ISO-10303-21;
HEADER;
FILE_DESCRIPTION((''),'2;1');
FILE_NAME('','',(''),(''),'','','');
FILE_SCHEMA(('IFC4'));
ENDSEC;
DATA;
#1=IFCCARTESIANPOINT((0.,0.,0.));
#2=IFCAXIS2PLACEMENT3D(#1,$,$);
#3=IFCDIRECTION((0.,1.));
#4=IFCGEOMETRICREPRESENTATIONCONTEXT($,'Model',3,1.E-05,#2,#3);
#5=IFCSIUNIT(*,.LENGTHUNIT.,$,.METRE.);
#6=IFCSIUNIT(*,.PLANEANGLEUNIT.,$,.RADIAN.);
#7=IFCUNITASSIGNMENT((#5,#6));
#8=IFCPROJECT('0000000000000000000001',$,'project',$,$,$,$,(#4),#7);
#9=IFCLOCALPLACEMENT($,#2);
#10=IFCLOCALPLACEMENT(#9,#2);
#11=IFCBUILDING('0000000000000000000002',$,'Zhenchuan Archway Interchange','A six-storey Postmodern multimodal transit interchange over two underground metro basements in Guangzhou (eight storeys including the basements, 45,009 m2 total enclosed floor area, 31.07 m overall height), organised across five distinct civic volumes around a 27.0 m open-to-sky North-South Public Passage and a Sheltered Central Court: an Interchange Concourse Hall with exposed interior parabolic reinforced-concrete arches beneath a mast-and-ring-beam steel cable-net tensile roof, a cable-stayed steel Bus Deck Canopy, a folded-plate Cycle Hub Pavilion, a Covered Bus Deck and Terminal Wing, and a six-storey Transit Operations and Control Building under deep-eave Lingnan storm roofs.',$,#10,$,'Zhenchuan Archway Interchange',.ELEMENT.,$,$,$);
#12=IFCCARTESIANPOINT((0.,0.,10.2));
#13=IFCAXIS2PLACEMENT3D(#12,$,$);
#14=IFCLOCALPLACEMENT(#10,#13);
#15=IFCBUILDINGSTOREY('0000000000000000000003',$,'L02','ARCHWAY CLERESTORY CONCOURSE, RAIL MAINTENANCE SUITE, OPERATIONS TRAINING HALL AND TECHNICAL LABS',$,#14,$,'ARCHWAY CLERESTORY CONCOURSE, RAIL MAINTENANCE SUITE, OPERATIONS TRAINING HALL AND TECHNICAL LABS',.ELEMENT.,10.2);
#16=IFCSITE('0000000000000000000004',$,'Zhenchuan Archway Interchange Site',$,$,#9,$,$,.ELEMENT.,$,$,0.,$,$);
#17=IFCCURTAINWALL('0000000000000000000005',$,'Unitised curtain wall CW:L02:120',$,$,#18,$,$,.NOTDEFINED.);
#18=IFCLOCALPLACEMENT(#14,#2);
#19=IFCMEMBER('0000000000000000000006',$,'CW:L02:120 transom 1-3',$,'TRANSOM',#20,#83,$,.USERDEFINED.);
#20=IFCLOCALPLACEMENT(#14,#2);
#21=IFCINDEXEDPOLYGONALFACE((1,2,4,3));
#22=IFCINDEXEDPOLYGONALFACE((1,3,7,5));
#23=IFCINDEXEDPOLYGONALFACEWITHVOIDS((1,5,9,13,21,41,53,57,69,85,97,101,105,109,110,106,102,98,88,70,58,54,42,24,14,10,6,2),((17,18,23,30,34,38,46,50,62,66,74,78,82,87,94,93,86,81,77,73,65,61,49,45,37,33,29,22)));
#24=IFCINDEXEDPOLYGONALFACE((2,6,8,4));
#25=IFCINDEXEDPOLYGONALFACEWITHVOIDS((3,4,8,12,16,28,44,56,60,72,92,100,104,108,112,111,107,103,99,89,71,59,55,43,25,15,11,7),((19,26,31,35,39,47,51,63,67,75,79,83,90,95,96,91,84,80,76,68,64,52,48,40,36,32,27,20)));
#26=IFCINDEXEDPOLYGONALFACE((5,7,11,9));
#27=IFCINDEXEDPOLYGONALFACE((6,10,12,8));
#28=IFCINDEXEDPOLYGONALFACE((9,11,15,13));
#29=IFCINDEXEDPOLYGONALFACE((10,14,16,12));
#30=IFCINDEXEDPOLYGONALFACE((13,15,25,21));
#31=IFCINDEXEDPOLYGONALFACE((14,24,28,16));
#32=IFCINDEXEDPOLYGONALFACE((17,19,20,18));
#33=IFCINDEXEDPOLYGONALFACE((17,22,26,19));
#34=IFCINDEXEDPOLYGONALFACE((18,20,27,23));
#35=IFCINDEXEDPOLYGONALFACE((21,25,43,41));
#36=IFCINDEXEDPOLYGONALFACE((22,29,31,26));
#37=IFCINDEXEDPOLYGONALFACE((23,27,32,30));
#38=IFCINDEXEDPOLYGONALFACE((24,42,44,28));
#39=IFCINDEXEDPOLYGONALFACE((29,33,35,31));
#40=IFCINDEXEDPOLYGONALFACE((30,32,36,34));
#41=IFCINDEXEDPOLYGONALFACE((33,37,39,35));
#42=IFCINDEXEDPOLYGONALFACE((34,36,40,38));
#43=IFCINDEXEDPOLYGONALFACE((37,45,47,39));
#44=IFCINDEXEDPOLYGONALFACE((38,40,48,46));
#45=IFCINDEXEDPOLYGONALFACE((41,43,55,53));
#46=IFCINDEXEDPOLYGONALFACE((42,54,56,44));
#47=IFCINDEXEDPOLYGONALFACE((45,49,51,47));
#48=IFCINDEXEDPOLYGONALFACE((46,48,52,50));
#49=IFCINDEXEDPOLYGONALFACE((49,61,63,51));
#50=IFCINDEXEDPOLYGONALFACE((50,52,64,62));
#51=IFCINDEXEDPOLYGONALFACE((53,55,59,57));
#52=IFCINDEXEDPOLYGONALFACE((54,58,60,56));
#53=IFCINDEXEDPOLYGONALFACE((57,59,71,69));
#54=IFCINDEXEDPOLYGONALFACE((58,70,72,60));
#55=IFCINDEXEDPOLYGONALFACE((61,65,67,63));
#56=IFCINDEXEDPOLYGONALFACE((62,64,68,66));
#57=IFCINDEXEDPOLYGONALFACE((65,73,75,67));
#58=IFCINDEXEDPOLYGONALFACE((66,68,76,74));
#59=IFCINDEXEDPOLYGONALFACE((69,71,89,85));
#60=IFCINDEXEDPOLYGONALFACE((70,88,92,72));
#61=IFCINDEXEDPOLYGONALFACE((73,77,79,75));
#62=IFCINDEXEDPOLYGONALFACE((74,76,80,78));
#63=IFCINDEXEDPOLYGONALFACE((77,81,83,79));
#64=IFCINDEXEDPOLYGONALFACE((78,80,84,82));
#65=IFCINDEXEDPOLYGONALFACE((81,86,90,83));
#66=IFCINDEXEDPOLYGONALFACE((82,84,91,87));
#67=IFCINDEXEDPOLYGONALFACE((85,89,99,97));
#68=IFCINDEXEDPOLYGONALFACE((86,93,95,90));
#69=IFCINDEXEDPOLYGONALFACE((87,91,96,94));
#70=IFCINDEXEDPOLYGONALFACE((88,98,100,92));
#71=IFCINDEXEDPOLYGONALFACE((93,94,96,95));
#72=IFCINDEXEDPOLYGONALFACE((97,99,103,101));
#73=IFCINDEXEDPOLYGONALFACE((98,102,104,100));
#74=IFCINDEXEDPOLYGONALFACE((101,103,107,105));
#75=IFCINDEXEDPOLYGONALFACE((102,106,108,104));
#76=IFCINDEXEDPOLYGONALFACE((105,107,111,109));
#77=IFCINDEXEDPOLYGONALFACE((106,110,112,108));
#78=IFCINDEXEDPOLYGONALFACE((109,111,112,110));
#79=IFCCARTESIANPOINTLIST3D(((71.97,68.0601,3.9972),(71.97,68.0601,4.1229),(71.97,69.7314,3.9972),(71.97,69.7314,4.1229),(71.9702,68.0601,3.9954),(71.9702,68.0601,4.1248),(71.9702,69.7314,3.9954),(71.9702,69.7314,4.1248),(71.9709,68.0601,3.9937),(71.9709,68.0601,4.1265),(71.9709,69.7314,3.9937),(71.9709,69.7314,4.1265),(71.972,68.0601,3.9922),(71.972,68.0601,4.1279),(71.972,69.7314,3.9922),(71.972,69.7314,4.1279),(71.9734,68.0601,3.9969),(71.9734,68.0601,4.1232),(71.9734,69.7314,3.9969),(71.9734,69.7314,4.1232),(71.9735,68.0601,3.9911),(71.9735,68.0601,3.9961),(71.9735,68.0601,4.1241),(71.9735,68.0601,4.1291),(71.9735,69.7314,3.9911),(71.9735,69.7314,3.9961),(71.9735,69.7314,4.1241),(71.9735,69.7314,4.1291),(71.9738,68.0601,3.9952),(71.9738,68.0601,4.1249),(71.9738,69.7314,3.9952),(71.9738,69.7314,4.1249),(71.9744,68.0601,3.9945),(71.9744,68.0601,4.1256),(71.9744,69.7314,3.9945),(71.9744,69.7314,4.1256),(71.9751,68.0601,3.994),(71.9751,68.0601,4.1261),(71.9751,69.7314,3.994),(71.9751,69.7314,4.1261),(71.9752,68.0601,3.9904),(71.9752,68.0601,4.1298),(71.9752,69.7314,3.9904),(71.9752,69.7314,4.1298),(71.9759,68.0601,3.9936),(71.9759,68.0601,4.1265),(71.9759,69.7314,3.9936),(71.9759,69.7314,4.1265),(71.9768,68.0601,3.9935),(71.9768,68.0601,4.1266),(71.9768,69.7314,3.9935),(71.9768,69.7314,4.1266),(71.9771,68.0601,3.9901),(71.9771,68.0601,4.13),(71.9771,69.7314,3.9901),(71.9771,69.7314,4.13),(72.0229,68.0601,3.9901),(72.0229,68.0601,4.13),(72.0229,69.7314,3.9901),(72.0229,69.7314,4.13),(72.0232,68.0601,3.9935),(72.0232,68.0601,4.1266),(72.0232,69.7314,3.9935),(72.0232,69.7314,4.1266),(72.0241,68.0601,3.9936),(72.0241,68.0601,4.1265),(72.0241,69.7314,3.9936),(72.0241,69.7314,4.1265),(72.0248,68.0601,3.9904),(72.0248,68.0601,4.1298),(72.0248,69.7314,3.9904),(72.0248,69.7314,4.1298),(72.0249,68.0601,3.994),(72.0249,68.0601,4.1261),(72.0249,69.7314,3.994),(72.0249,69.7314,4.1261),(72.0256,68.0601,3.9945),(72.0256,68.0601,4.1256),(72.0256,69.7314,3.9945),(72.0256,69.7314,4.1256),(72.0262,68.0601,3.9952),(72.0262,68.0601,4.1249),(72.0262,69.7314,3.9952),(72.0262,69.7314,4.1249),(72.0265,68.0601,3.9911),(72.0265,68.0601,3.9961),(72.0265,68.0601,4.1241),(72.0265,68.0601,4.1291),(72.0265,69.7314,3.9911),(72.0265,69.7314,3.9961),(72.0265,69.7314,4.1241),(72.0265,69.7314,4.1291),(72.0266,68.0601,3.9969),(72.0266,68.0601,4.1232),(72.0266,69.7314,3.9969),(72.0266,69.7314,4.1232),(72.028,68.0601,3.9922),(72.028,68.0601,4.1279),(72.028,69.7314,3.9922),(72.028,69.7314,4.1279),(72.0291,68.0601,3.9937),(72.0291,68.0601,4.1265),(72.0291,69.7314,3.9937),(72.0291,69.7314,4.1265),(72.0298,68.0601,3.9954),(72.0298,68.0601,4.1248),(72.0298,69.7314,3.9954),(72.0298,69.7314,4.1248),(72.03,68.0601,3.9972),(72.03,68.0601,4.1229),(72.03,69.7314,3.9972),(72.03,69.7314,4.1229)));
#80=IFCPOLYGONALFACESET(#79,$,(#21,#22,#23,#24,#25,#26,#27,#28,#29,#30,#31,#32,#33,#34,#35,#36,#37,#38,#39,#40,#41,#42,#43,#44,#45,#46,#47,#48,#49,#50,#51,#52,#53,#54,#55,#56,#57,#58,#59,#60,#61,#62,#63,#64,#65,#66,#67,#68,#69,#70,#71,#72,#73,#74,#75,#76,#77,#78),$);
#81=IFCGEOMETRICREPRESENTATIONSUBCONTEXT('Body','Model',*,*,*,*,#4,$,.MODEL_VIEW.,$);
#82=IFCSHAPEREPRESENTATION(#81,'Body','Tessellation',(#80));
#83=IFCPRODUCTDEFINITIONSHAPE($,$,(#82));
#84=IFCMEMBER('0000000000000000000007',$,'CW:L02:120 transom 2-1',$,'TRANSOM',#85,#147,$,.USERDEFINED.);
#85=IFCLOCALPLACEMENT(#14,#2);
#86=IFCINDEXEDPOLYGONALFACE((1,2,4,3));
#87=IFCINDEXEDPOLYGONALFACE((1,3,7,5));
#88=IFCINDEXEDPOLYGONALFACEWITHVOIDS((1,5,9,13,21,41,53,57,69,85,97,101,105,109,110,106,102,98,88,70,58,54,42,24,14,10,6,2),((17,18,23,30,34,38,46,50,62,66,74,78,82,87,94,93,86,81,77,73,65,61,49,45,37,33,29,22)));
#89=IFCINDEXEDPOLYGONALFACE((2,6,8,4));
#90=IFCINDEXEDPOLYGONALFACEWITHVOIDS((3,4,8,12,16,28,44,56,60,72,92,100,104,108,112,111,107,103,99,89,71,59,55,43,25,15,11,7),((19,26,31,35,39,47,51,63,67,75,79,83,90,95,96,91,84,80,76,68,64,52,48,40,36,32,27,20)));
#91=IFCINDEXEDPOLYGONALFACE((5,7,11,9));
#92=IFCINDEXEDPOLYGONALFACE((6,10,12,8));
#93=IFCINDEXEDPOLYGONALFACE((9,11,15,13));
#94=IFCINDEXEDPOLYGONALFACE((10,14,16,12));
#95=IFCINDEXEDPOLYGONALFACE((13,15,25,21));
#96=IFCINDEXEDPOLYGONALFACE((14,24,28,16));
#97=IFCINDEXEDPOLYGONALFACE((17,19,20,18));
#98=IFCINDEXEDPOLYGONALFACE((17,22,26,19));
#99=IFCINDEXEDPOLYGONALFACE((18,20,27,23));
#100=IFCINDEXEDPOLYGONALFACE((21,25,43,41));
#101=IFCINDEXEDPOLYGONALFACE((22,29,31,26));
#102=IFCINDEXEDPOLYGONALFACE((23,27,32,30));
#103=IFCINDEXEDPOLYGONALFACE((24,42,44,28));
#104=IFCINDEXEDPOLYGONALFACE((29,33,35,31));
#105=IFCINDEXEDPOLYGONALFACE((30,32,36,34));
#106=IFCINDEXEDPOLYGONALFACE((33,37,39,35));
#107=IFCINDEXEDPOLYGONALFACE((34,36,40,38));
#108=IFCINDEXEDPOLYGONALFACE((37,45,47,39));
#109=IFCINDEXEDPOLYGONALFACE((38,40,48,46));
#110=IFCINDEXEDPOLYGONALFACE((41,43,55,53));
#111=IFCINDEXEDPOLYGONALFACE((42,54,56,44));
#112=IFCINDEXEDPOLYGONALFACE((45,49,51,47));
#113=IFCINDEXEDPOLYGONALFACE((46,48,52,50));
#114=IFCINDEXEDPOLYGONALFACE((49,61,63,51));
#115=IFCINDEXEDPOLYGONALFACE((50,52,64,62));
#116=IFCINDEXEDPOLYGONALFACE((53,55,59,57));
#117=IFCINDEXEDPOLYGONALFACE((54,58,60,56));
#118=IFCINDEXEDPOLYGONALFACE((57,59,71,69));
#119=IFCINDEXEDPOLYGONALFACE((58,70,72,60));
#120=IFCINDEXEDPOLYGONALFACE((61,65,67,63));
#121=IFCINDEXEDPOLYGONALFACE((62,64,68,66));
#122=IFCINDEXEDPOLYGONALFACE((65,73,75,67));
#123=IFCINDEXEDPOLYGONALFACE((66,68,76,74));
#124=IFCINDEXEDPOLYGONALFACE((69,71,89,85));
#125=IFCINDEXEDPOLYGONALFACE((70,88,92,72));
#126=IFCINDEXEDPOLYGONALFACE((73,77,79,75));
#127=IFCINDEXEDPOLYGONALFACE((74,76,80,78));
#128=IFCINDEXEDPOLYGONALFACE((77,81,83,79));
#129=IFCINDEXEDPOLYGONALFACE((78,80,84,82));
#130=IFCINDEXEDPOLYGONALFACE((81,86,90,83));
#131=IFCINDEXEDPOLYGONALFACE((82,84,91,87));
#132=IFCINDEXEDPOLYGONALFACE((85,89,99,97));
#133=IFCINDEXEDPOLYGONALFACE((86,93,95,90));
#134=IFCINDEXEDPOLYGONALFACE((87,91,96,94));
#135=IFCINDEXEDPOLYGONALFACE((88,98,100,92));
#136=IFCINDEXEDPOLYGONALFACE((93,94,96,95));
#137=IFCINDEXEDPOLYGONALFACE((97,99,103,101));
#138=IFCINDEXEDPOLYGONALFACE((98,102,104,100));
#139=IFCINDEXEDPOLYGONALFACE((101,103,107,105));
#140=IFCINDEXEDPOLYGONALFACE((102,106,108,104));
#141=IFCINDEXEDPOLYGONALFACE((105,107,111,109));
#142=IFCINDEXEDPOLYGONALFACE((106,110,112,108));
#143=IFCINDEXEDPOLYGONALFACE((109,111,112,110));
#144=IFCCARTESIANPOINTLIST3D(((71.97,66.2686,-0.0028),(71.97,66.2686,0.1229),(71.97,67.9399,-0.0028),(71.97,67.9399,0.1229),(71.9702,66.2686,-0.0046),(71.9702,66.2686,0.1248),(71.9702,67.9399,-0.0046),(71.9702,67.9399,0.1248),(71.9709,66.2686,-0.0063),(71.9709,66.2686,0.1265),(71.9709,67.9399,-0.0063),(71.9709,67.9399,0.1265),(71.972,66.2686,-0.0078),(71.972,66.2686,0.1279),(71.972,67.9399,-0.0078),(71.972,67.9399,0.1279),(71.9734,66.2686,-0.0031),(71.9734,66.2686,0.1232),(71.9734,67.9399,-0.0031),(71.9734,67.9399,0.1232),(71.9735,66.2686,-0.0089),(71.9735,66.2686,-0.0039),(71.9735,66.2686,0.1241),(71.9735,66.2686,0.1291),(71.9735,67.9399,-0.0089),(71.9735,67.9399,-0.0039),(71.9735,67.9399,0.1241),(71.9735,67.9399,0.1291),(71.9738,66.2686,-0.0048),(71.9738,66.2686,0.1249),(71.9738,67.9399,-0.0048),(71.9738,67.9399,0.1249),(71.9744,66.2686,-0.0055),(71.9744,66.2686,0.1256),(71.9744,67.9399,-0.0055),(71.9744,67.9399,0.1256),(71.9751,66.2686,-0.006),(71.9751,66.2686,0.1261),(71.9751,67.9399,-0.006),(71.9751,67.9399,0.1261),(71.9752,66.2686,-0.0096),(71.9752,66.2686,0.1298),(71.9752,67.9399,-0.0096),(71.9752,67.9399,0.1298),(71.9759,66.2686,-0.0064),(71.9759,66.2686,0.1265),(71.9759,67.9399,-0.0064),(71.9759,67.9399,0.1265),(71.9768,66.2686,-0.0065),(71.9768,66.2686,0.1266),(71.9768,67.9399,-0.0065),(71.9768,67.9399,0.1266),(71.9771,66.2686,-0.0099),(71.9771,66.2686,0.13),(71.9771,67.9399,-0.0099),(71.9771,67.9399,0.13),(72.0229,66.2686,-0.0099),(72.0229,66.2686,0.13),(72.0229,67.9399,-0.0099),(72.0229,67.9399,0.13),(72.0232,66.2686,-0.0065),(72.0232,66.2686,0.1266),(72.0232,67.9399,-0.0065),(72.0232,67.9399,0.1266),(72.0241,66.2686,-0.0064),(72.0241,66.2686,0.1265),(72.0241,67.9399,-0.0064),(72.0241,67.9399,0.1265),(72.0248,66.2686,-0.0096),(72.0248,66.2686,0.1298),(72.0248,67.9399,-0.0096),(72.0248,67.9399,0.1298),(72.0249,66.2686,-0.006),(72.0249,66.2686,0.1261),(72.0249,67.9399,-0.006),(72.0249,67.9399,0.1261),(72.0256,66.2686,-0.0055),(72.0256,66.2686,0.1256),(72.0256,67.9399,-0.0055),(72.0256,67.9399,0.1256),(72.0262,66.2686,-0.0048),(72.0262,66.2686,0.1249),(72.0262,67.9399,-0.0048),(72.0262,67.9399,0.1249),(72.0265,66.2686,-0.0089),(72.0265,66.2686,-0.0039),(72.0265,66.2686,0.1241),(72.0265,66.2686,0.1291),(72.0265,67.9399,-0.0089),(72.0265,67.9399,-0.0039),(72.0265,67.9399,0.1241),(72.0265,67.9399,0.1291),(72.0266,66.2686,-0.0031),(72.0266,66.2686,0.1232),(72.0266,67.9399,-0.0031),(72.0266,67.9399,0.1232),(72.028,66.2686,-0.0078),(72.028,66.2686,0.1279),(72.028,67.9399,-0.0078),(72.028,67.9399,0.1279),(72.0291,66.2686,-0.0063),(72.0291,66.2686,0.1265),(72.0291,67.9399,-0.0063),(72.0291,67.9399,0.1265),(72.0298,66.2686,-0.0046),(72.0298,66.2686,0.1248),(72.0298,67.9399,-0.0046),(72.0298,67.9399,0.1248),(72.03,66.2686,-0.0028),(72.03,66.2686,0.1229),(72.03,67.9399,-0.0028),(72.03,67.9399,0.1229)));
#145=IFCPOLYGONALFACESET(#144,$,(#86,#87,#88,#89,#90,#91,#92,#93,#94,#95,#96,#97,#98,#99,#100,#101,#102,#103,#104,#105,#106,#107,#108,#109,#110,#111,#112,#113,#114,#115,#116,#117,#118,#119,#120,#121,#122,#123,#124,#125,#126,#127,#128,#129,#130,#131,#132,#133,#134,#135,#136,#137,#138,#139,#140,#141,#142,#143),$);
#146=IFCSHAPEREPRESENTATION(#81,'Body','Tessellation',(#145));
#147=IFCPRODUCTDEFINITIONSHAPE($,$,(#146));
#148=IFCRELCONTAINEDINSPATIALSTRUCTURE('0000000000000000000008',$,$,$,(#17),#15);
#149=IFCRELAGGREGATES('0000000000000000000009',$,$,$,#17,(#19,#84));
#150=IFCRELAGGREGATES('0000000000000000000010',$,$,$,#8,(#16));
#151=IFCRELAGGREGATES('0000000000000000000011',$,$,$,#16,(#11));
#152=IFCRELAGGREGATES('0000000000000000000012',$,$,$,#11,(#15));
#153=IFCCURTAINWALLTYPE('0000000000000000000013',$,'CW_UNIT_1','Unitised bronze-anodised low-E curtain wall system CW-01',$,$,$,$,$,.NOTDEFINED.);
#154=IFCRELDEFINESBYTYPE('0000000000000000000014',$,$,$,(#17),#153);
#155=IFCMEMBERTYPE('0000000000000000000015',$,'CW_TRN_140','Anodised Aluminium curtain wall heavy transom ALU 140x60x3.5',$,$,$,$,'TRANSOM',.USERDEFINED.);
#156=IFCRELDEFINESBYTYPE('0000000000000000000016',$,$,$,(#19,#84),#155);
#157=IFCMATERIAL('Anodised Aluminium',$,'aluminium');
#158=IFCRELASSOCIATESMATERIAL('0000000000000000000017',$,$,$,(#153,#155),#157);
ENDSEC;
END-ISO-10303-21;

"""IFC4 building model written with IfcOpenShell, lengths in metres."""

from ifc_helpers import new_model, si_unit, direction, frame, origin, origin_2d, place, context, subcontext, project, spatial, hollow_rectangle, extrude, material, material_profile, profile_set, type_object, element, aggregate, save


model = new_model("IFC4")

# Units and contexts
model_context = context("Model", 3, precision=1e-05, world=origin(), true_north=direction((0.0, 1.0)))
body_context = subcontext(model_context, "Body", "Model", "MODEL_VIEW")
ifc_project = project(units=[si_unit("LENGTHUNIT", "METRE"), si_unit("PLANEANGLEUNIT", "RADIAN")], contexts=[model_context])

# Site, building, storey
site_placement = place(None, origin())
site = spatial("IfcSite", under=ifc_project, at=site_placement, Name="Zhenchuan Archway Interchange Site", CompositionType="ELEMENT", RefElevation=0.0)
building_placement = place(site_placement, origin())
building = spatial("IfcBuilding", under=site, at=building_placement, Name="Zhenchuan Archway Interchange", Description="A six-storey Postmodern multimodal transit interchange over two underground metro basements in Guangzhou (eight storeys including the basements, 45,009 m2 total enclosed floor area, 31.07 m overall height), organised across five distinct civic volumes around a 27.0 m open-to-sky North-South Public Passage and a Sheltered Central Court: an Interchange Concourse Hall with exposed interior parabolic reinforced-concrete arches beneath a mast-and-ring-beam steel cable-net tensile roof, a cable-stayed steel Bus Deck Canopy, a folded-plate Cycle Hub Pavilion, a Covered Bus Deck and Terminal Wing, and a six-storey Transit Operations and Control Building under deep-eave Lingnan storm roofs.", LongName="Zhenchuan Archway Interchange", CompositionType="ELEMENT")
storey_placement = place(building_placement, frame((0.0, 0.0, 10.2)))
storey = spatial("IfcBuildingStorey", under=building, at=storey_placement, Name="L02", Description="ARCHWAY CLERESTORY CONCOURSE, RAIL MAINTENANCE SUITE, OPERATIONS TRAINING HALL AND TECHNICAL LABS", LongName="ARCHWAY CLERESTORY CONCOURSE, RAIL MAINTENANCE SUITE, OPERATIONS TRAINING HALL AND TECHNICAL LABS", CompositionType="ELEMENT", Elevation=10.2)

# Curtain wall, members
ifc_material_1 = material(Name="Anodised Aluminium", Category="aluminium")
curtain_wall_type = type_object("IfcCurtainWallType", Name="CW_UNIT_1", Description="Unitised bronze-anodised low-E curtain wall system CW-01", PredefinedType="NOTDEFINED", material=ifc_material_1)
curtain_wall_placement = place(storey_placement, origin())
curtain_wall = element("IfcCurtainWall", 1, at=curtain_wall_placement, inside=storey, type_object=curtain_wall_type, Name="Unitised curtain wall CW:L02:120", PredefinedType="NOTDEFINED")
ifc_material_profile_1 = material_profile(ifc_material_1, hollow_rectangle(XDim=0.0601, YDim=0.1399, WallThickness=0.0034, InnerFilletRadius=0.0034, OuterFilletRadius=0.0071, at=origin_2d()), Name="ALU 140x60x3.5")
ifc_profile_set_1 = profile_set([ifc_material_profile_1], Name="Anodised Aluminium")
member_type_1 = type_object("IfcMemberType", Name="CW_TRN_140", Description="Anodised Aluminium curtain wall heavy transom ALU 140x60x3.5", ElementType="TRANSOM", PredefinedType="USERDEFINED", material=ifc_profile_set_1)
member_1_placement = place(storey_placement, frame((72.0, 69.7314, 4.0601), z_axis=(0.0, -1.0, 0.0), x_axis=(1.0, 0.0, 0.0)))
member_1 = element("IfcMember", 2, at=member_1_placement, type_object=member_type_1, Name="CW:L02:120 transom 1-3", ObjectType="TRANSOM", PredefinedType="USERDEFINED", context=body_context, shape_type="SweptSolid", body=[
    extrude(hollow_rectangle(XDim=0.0601, YDim=0.1399, WallThickness=0.0034, InnerFilletRadius=0.0034, OuterFilletRadius=0.0071, at=origin_2d()), origin(), (0.0, 0.0, 1.0), 1.6714),
])
member_2_placement = place(storey_placement, frame((72.0, 67.9399, 0.0601), z_axis=(0.0, -1.0, 0.0), x_axis=(1.0, 0.0, 0.0)))
member_2 = element("IfcMember", 3, at=member_2_placement, type_object=member_type_1, Name="CW:L02:120 transom 2-1", ObjectType="TRANSOM", PredefinedType="USERDEFINED", context=body_context, shape_type="SweptSolid", body=[
    extrude(hollow_rectangle(XDim=0.0601, YDim=0.1399, WallThickness=0.0034, InnerFilletRadius=0.0034, OuterFilletRadius=0.0071, at=origin_2d()), origin(), (0.0, 0.0, 1.0), 1.6714),
])
aggregate(curtain_wall, [member_1, member_2])

save(model, "model.ifc")
